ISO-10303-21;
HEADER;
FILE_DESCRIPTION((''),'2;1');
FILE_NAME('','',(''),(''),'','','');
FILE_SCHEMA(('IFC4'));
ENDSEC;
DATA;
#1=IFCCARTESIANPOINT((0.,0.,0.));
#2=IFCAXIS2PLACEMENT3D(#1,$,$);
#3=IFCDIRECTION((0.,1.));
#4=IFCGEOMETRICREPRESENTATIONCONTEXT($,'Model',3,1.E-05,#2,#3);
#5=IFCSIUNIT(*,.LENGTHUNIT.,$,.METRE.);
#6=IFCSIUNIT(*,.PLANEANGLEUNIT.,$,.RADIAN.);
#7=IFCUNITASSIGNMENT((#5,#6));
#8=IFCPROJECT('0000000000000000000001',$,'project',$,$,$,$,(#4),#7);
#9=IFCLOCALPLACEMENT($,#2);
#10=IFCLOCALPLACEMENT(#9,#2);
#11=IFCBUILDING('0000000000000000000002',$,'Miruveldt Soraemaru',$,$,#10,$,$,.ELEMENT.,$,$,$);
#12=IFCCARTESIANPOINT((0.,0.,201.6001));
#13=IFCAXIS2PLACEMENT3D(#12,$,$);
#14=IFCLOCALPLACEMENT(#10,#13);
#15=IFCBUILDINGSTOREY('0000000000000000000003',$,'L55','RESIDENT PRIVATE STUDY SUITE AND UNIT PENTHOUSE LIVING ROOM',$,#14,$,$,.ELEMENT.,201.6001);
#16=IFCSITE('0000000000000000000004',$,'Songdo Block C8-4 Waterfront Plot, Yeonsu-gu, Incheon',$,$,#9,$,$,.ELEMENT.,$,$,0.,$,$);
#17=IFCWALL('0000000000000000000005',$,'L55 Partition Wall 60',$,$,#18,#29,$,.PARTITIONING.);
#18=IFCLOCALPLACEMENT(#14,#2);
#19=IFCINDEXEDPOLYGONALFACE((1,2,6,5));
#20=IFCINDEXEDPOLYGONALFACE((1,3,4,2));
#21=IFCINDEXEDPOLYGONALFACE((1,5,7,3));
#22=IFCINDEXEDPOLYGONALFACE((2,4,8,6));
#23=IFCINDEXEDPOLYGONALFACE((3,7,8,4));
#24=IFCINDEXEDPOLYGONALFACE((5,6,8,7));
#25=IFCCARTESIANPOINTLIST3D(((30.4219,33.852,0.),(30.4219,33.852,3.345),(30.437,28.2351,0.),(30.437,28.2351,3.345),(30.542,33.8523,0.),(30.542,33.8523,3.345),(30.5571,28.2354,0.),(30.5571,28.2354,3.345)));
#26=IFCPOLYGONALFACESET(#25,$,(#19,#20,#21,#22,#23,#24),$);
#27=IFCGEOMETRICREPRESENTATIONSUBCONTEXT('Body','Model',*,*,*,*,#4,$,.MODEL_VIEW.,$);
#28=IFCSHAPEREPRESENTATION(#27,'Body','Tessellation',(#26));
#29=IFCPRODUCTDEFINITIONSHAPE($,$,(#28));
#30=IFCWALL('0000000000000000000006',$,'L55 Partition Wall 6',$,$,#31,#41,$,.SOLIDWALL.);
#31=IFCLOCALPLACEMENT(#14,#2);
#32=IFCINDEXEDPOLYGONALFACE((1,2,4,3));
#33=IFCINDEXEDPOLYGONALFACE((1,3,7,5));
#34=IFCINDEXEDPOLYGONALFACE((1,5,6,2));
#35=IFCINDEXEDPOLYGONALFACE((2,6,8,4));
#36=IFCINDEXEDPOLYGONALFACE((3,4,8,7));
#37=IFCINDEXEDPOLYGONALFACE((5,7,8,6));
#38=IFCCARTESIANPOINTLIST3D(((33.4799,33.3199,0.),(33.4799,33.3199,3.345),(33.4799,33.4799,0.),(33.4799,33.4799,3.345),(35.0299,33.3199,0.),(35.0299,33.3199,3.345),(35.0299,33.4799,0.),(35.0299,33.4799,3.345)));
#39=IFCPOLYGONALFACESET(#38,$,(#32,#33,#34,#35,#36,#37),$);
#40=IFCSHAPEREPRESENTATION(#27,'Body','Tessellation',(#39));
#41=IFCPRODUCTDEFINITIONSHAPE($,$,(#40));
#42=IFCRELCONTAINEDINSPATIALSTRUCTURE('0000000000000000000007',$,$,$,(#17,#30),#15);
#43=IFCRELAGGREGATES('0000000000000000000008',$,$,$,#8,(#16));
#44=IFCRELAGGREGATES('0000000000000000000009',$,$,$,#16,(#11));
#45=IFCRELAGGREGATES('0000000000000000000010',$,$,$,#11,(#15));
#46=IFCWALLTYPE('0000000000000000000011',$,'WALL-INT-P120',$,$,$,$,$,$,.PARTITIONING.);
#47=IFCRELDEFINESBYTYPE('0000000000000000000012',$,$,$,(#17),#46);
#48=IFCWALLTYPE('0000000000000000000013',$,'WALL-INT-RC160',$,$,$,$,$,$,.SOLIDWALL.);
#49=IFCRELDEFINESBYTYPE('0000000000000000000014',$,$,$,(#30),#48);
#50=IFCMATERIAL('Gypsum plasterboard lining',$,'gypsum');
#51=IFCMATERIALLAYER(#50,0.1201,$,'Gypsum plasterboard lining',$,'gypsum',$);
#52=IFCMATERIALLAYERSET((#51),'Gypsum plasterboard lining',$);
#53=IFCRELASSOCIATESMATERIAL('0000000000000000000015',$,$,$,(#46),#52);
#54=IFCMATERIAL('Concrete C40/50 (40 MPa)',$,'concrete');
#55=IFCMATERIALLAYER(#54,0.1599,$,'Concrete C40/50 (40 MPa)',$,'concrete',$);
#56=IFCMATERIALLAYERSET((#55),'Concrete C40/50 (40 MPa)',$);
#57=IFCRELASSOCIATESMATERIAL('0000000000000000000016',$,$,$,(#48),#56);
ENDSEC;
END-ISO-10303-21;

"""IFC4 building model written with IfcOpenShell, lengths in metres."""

from ifc_helpers import new_model, si_unit, direction, frame, frame_2d, origin, place, context, subcontext, project, spatial, rectangle, extrude, material, layer, layer_set, type_object, element, save


model = new_model("IFC4")

# Units and contexts
model_context = context("Model", 3, precision=1e-05, world=origin(), true_north=direction((0.0, 1.0)))
body_context = subcontext(model_context, "Body", "Model", "MODEL_VIEW")
ifc_project = project(units=[si_unit("LENGTHUNIT", "METRE"), si_unit("PLANEANGLEUNIT", "RADIAN")], contexts=[model_context])

# Site, building, storey
site_placement = place(None, origin())
site = spatial("IfcSite", under=ifc_project, at=site_placement, Name="Songdo Block C8-4 Waterfront Plot, Yeonsu-gu, Incheon", CompositionType="ELEMENT", RefElevation=0.0)
building_placement = place(site_placement, origin())
building = spatial("IfcBuilding", under=site, at=building_placement, Name="Miruveldt Soraemaru", CompositionType="ELEMENT")
storey_placement = place(building_placement, frame((0.0, 0.0, 201.6001)))
storey = spatial("IfcBuildingStorey", under=building, at=storey_placement, Name="L55", Description="RESIDENT PRIVATE STUDY SUITE AND UNIT PENTHOUSE LIVING ROOM", CompositionType="ELEMENT", Elevation=201.6001)

# Shared definitions
ifc_material_1 = material(Name="Concrete C40/50 (40 MPa)", Category="concrete")

# Walls
ifc_material_2 = material(Name="Gypsum plasterboard lining", Category="gypsum")
ifc_layer_1 = layer(ifc_material_2, 0.1201, Name="Gypsum plasterboard lining", Category="gypsum")
ifc_layer_set_1 = layer_set([ifc_layer_1], Name="Gypsum plasterboard lining")
wall_type_1 = type_object("IfcWallType", Name="WALL-INT-P120", PredefinedType="PARTITIONING", material=ifc_layer_set_1)
wall_1_placement = place(storey_placement, frame((30.4971, 28.2351, 0.0), z_axis=(0.0, 0.0, 1.0), x_axis=(-0.002695, 0.999996, 0.0)))
element("IfcWall", 1, at=wall_1_placement, inside=storey, type_object=wall_type_1, Name="L55 Partition Wall 60", PredefinedType="PARTITIONING", context=body_context, shape_type="SweptSolid", body=[
    extrude(rectangle(XDim=5.6169, YDim=0.1201, at=frame_2d((2.8086, 0.0))), origin(), (0.0, 0.0, 1.0), 3.345),
])
ifc_layer_2 = layer(ifc_material_1, 0.1599, Name="Concrete C40/50 (40 MPa)", Category="concrete")
ifc_layer_set_2 = layer_set([ifc_layer_2], Name="Concrete C40/50 (40 MPa)")
wall_type_2 = type_object("IfcWallType", Name="WALL-INT-RC160", PredefinedType="SOLIDWALL", material=ifc_layer_set_2)
wall_2_placement = place(storey_placement, frame((33.48, 33.3999, 0.0), z_axis=(0.0, 0.0, 1.0), x_axis=(1.0, 0.0, 0.0)))
element("IfcWall", 2, at=wall_2_placement, inside=storey, type_object=wall_type_2, Name="L55 Partition Wall 6", PredefinedType="SOLIDWALL", context=body_context, shape_type="SweptSolid", body=[
    extrude(rectangle(XDim=1.55, YDim=0.1599, at=frame_2d((0.7749, 0.0))), origin(), (0.0, 0.0, 1.0), 3.345),
])

save(model, "model.ifc")
